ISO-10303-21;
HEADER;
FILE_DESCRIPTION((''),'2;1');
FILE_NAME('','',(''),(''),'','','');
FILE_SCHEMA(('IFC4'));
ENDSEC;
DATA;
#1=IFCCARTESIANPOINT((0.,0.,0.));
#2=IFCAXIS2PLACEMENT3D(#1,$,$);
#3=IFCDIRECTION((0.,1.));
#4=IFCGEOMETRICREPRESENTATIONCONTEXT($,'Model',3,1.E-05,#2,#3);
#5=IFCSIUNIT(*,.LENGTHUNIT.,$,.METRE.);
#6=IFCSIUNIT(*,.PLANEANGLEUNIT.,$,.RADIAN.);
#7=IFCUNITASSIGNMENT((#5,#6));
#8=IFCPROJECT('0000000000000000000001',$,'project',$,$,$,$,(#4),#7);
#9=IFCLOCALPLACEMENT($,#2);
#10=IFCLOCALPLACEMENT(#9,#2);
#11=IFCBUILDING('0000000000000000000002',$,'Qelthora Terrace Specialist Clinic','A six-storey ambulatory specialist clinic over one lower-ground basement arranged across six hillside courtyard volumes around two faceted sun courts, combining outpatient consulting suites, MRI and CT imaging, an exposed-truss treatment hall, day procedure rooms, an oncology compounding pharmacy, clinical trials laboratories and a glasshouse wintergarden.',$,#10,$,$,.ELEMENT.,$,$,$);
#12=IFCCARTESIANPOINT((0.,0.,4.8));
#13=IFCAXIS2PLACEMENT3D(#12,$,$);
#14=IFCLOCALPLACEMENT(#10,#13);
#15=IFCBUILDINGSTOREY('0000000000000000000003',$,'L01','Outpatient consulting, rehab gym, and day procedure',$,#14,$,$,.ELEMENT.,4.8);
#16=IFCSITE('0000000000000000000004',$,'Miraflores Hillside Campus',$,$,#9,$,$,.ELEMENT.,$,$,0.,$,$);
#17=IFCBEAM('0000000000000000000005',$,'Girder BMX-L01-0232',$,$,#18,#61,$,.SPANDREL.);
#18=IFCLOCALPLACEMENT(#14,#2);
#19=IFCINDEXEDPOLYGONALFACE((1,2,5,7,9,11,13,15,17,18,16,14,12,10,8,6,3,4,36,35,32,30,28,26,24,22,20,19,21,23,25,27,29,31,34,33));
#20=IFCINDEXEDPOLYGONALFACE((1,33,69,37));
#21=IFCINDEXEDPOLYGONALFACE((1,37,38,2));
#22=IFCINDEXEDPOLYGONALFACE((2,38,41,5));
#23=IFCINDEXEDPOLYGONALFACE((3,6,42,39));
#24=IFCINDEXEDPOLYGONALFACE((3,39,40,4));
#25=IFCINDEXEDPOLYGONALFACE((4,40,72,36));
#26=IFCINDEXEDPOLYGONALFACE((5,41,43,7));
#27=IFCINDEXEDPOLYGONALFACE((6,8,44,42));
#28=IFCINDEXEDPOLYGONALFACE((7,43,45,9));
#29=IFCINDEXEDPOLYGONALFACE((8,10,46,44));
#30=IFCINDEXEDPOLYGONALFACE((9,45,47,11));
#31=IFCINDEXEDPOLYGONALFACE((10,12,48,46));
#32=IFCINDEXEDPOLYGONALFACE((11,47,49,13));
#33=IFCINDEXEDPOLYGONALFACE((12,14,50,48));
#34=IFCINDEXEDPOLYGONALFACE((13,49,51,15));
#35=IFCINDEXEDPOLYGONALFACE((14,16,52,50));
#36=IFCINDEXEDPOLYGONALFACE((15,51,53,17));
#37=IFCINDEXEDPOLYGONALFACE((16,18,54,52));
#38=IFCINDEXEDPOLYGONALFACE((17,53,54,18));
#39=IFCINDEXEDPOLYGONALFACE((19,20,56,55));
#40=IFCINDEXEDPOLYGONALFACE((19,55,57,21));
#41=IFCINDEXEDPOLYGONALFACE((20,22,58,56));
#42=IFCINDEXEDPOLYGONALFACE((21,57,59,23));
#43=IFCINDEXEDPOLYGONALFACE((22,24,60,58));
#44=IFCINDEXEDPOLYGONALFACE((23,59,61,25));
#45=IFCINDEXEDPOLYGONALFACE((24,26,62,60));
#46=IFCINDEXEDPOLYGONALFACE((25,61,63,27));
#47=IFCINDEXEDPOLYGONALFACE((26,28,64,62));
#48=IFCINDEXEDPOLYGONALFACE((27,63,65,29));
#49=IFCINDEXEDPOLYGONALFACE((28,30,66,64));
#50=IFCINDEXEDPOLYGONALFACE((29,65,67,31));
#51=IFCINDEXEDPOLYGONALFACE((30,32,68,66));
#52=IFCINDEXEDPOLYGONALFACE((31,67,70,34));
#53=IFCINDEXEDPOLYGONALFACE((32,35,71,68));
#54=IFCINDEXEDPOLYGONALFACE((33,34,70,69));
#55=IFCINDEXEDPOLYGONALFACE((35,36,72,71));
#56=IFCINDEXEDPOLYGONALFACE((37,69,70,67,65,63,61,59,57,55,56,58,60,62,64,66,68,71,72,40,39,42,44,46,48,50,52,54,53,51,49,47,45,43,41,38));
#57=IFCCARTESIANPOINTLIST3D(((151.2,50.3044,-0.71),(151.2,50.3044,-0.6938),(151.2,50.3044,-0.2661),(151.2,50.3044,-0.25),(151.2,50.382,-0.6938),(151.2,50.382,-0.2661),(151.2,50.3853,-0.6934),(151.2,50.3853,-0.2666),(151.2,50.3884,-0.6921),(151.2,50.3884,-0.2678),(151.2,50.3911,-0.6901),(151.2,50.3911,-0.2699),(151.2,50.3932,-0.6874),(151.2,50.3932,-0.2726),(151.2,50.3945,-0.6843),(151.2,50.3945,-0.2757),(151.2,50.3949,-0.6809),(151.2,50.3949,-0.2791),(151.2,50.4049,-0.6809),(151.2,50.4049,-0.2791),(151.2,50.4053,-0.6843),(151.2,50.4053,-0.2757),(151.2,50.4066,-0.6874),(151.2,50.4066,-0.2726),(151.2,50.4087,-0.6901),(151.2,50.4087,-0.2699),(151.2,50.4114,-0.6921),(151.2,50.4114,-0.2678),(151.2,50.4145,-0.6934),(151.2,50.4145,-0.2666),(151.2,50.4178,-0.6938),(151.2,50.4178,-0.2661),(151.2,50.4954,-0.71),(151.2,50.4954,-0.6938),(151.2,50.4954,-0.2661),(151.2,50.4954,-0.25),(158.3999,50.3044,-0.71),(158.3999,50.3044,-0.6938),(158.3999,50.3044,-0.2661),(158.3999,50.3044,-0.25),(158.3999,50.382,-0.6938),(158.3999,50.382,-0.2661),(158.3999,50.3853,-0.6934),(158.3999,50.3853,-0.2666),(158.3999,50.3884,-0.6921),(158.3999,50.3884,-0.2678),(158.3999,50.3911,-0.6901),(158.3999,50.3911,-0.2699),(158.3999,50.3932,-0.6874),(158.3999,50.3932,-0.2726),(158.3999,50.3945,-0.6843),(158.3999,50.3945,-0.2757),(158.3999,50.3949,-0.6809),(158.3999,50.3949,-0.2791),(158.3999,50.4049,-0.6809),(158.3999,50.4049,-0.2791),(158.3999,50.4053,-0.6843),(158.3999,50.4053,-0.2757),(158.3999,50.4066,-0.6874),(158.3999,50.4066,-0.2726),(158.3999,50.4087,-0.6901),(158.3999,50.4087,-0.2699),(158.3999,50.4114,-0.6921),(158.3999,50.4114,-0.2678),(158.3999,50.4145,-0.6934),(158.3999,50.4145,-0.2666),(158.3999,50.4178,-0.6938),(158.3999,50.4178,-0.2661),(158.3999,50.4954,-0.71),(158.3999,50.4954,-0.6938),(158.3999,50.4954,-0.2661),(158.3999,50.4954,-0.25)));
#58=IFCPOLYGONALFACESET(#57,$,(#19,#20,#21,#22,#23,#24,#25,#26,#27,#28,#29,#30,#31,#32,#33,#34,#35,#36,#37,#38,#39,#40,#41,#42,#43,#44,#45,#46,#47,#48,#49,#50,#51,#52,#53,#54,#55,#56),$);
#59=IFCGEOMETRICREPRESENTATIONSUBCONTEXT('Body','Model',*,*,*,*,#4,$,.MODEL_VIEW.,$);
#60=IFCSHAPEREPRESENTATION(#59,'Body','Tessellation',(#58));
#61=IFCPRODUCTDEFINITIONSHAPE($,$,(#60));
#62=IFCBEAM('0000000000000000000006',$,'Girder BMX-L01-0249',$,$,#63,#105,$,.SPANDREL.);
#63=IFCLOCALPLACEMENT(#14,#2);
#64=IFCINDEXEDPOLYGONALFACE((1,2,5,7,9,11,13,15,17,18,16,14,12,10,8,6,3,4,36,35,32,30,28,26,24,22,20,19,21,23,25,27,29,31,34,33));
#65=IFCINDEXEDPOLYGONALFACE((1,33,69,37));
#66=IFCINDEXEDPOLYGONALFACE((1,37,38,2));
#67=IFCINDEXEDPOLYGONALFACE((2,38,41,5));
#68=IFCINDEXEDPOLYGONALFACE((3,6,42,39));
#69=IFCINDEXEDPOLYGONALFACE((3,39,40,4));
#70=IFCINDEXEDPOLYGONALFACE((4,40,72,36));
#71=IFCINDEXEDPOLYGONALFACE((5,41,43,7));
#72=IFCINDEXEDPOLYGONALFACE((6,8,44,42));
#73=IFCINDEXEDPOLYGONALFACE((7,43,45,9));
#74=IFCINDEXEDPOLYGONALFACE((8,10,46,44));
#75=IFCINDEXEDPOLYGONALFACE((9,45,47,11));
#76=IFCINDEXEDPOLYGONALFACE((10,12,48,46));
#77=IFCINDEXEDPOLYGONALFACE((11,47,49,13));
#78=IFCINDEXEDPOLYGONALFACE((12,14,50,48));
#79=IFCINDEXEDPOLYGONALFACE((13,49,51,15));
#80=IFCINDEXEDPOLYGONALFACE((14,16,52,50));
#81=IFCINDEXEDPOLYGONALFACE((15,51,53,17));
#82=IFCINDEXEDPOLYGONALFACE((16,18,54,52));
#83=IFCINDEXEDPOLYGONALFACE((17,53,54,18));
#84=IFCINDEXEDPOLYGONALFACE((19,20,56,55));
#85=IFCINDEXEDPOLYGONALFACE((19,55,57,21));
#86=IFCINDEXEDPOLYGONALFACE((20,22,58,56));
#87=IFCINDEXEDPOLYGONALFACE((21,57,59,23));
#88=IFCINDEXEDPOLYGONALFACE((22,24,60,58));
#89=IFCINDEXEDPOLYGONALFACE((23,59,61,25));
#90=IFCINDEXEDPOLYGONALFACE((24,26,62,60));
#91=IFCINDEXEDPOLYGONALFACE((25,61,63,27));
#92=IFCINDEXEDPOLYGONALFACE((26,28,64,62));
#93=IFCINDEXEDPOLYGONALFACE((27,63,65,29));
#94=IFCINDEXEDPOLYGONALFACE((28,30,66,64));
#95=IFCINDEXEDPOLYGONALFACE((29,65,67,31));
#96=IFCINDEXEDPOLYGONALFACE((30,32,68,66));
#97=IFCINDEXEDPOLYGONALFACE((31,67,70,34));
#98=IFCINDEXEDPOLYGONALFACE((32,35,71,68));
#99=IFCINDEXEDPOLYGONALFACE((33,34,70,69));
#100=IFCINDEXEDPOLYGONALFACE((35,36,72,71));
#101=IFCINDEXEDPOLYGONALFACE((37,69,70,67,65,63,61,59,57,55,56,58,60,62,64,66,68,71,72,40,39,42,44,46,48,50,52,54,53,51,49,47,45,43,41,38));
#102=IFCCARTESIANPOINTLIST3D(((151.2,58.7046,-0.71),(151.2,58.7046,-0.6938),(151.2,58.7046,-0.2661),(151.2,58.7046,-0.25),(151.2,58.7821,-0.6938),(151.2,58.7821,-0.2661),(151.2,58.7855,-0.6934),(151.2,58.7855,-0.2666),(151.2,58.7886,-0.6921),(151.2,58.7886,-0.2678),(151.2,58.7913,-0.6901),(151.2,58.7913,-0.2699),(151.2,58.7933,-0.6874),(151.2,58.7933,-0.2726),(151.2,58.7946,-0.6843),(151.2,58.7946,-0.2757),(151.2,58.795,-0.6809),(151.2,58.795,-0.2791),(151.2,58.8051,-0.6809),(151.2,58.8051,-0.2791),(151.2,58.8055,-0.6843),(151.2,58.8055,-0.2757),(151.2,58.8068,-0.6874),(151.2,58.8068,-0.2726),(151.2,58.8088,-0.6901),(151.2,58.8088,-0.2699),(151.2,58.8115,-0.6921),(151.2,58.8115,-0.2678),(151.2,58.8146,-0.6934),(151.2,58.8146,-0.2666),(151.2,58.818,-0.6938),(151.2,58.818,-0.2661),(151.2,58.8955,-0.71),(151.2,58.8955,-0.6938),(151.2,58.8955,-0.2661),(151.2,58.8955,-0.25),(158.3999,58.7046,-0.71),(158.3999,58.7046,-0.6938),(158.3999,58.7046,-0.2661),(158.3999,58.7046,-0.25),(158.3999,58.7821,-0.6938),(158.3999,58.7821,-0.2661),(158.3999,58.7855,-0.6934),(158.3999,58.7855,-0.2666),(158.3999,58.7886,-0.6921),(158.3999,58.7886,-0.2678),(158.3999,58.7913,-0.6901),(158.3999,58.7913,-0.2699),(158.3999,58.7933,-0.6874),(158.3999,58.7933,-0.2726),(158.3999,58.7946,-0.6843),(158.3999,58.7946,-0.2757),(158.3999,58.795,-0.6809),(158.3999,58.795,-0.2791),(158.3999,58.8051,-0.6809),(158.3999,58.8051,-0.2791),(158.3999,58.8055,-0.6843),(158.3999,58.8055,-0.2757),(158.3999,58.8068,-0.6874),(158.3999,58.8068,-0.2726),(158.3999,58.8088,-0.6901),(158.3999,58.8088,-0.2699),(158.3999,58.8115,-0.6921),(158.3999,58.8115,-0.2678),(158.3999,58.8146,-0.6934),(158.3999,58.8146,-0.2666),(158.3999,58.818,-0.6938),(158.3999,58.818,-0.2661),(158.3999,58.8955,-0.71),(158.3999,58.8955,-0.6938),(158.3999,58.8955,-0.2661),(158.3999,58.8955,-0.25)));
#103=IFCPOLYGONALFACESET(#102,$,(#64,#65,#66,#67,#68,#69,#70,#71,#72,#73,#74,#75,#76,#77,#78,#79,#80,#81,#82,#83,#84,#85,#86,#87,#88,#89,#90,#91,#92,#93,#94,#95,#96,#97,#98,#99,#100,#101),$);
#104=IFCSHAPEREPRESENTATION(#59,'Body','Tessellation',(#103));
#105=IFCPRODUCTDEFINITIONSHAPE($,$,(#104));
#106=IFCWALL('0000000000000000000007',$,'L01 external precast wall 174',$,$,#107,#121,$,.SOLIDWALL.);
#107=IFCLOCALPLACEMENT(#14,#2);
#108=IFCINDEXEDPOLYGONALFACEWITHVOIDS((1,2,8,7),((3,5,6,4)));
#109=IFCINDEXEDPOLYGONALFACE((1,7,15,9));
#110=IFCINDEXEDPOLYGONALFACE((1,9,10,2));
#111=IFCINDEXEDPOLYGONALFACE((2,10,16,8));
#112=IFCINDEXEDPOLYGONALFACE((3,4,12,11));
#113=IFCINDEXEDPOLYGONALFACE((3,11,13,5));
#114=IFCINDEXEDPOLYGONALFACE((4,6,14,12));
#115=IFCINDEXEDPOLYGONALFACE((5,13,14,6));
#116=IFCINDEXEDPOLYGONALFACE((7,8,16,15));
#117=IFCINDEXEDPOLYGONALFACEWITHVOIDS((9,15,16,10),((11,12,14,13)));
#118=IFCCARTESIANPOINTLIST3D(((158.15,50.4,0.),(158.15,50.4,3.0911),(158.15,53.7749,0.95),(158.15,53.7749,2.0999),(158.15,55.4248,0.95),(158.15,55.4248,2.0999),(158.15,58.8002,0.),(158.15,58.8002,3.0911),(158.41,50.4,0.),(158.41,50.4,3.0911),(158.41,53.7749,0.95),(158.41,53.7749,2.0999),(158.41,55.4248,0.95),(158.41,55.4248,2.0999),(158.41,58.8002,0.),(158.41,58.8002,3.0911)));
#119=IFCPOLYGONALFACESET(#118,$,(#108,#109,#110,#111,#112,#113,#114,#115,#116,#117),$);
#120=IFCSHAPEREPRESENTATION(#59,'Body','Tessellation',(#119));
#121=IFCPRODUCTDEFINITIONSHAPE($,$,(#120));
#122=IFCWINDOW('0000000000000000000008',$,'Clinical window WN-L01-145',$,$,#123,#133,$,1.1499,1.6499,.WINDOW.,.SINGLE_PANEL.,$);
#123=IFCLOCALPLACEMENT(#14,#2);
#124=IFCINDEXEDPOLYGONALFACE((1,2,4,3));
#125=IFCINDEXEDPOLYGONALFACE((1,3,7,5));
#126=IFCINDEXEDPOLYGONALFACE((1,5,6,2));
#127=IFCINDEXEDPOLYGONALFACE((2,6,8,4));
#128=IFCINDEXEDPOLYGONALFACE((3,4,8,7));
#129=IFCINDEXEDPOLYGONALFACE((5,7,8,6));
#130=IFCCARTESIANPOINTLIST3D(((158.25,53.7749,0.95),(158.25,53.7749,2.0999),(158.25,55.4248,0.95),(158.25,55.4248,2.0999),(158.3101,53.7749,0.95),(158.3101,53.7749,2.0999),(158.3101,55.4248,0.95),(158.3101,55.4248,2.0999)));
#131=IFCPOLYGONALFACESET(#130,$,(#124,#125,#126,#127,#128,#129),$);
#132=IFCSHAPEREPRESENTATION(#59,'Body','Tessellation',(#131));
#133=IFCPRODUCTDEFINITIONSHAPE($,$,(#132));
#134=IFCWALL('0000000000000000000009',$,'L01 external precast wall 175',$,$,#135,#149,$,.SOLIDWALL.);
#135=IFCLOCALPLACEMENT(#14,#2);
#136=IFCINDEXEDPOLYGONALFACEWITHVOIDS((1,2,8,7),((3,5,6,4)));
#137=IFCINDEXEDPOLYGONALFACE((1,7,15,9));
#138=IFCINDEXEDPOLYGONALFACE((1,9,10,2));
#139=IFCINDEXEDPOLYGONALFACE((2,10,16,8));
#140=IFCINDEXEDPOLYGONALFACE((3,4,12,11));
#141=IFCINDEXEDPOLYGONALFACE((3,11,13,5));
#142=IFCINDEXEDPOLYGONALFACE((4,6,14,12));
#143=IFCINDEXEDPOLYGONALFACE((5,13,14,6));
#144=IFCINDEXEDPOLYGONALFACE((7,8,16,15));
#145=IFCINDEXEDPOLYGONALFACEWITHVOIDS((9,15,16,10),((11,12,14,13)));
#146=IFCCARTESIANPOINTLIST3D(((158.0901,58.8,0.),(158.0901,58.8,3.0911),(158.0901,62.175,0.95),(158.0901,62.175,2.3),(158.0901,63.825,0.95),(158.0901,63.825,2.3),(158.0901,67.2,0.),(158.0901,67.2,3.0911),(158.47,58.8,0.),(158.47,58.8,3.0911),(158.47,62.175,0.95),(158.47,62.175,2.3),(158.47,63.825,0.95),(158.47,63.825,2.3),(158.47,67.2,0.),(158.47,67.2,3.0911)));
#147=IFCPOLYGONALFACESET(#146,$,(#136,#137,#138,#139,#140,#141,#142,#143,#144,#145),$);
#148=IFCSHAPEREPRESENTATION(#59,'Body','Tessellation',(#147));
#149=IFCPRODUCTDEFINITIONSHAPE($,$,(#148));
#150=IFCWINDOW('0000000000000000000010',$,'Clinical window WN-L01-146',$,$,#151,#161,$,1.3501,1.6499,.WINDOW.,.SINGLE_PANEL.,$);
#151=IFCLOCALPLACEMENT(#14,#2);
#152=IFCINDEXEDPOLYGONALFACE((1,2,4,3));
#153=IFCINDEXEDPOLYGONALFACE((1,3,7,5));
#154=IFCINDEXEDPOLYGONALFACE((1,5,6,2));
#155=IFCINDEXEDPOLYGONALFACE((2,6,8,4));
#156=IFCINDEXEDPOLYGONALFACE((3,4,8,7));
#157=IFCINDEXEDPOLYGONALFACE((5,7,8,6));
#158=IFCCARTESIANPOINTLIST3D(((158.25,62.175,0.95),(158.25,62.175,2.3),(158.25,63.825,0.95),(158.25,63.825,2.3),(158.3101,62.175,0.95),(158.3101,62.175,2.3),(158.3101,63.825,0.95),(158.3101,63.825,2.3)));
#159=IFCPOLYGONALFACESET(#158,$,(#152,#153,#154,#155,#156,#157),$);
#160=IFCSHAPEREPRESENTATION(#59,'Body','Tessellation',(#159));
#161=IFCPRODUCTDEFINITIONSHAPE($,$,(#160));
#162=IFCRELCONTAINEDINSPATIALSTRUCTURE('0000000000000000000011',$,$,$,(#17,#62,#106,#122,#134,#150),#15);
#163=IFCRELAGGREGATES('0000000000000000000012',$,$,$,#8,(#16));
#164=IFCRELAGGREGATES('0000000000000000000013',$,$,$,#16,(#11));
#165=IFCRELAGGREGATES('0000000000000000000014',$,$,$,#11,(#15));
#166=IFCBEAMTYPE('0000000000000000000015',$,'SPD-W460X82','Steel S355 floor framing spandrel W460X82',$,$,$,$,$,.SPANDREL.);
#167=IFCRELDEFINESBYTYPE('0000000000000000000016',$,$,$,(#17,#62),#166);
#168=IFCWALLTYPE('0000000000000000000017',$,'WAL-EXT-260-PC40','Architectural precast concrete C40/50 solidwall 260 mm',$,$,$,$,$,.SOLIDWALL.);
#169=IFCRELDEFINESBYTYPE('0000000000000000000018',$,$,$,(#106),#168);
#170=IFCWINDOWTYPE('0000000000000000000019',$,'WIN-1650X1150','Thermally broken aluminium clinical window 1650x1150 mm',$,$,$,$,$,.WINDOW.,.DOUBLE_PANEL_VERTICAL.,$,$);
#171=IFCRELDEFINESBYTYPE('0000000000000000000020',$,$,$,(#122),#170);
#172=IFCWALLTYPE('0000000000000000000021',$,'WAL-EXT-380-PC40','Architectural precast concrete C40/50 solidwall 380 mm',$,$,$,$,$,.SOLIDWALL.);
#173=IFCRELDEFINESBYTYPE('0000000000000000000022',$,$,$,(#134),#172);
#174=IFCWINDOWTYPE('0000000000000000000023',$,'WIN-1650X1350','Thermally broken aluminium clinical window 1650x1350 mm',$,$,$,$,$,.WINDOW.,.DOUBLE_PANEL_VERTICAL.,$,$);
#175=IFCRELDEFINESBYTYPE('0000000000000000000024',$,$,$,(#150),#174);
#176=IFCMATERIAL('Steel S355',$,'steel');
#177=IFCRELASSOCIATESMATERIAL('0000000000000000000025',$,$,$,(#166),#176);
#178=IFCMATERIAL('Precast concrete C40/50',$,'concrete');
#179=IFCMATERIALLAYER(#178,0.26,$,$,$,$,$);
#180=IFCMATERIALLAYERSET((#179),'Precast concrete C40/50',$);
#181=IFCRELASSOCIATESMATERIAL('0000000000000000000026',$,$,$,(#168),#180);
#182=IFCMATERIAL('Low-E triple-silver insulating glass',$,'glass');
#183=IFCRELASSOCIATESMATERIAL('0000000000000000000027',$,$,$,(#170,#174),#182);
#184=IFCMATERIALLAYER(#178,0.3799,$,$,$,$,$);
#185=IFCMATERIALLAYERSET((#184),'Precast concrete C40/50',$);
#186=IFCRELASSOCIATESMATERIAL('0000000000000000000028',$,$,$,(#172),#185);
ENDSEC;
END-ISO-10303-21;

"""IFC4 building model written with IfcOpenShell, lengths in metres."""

from ifc_helpers import new_model, si_unit, direction, frame, frame_2d, origin, origin_2d, place, context, subcontext, project, spatial, rectangle, i_section, extrude, material, layer, layer_set, material_profile, profile_set, type_object, element, fill, save


model = new_model("IFC4")

# Units and contexts
model_context = context("Model", 3, precision=1e-05, world=origin(), true_north=direction((0.0, 1.0)))
body_context = subcontext(model_context, "Body", "Model", "MODEL_VIEW")
ifc_project = project(units=[si_unit("LENGTHUNIT", "METRE"), si_unit("PLANEANGLEUNIT", "RADIAN")], contexts=[model_context])

# Site, building, storey
site_placement = place(None, origin())
site = spatial("IfcSite", under=ifc_project, at=site_placement, Name="Miraflores Hillside Campus", CompositionType="ELEMENT", RefElevation=0.0)
building_placement = place(site_placement, origin())
building = spatial("IfcBuilding", under=site, at=building_placement, Name="Qelthora Terrace Specialist Clinic", Description="A six-storey ambulatory specialist clinic over one lower-ground basement arranged across six hillside courtyard volumes around two faceted sun courts, combining outpatient consulting suites, MRI and CT imaging, an exposed-truss treatment hall, day procedure rooms, an oncology compounding pharmacy, clinical trials laboratories and a glasshouse wintergarden.", CompositionType="ELEMENT")
storey_placement = place(building_placement, frame((0.0, 0.0, 4.8)))
storey = spatial("IfcBuildingStorey", under=building, at=storey_placement, Name="L01", Description="Outpatient consulting, rehab gym, and day procedure", CompositionType="ELEMENT", Elevation=4.8)

# Shared definitions
ifc_material_1 = material(Name="Steel S355", Category="steel")

# Beams
ifc_material_profile_1 = material_profile(ifc_material_1, i_section(OverallWidth=0.1909, OverallDepth=0.46, WebThickness=0.01, FlangeThickness=0.0161, FilletRadius=0.0129, at=origin_2d()), Name="W460X82")
ifc_profile_set_1 = profile_set([ifc_material_profile_1], Name="Steel S355")
beam_type_1 = type_object("IfcBeamType", Name="SPD-W460X82", Description="Steel S355 floor framing spandrel W460X82", PredefinedType="SPANDREL", material=ifc_profile_set_1)
for number, where, z_axis, x_axis, name in (
    (1, (151.2, 50.3999, -0.48), (1.0, 0.0, 0.0), (0.0, 1.0, 0.0), "Girder BMX-L01-0232"),
    (2, (151.2, 58.8, -0.48), (1.0, 0.0, 0.0), (0.0, 1.0, 0.0), "Girder BMX-L01-0249"),
):
    element("IfcBeam", number, at=place(storey_placement, frame(where, z_axis=z_axis, x_axis=x_axis)), inside=storey, type_object=beam_type_1, Name=name, PredefinedType="SPANDREL", context=body_context, shape_type="SweptSolid", body=[
        extrude(i_section(OverallWidth=0.1909, OverallDepth=0.46, WebThickness=0.01, FlangeThickness=0.0161, FilletRadius=0.0129, at=origin_2d()), origin(), (0.0, 0.0, 1.0), 7.2),
    ])

# Walls, openings, windows
ifc_material_2 = material(Name="Precast concrete C40/50", Category="concrete")
ifc_layer_1 = layer(ifc_material_2, 0.26)
ifc_layer_set_1 = layer_set([ifc_layer_1], Name="Precast concrete C40/50")
wall_type_1 = type_object("IfcWallType", Name="WAL-EXT-260-PC40", Description="Architectural precast concrete C40/50 solidwall 260 mm", PredefinedType="SOLIDWALL", material=ifc_layer_set_1)
wall_1_placement = place(storey_placement, frame((158.28, 50.3999, 0.0), z_axis=(0.0, 0.0, 1.0), x_axis=(0.0, 1.0, 0.0)))
wall_1 = element("IfcWall", 3, at=wall_1_placement, inside=storey, type_object=wall_type_1, Name="L01 external precast wall 174", PredefinedType="SOLIDWALL", context=body_context, shape_type="SweptSolid", body=[
    extrude(rectangle(XDim=8.4001, YDim=0.26, at=frame_2d((4.2002, 0.0))), origin(), (0.0, 0.0, 1.0), 3.0911),
])
opening_1_placement = place(wall_1_placement, frame((3.375, 0.0, 0.95)))
opening_1 = element("IfcOpeningElement", 4, at=opening_1_placement, cuts=wall_1, PredefinedType="OPENING", context=body_context, shape_type="SweptSolid", body=[
    extrude(rectangle(XDim=1.6499, YDim=1.1499, at=frame_2d((0.825, 0.575))), frame((0.0, 0.1399, 0.0), z_axis=(0.0, -1.0, 0.0), x_axis=(1.0, 0.0, 0.0)), (0.0, 0.0, 1.0), 0.28),
])
ifc_material_3 = material(Name="Low-E triple-silver insulating glass", Category="glass")
window_type_1 = type_object("IfcWindowType", Name="WIN-1650X1150", Description="Thermally broken aluminium clinical window 1650x1150 mm", PartitioningType="DOUBLE_PANEL_VERTICAL", PredefinedType="WINDOW", material=ifc_material_3)
window_1_placement = place(opening_1_placement, origin())
window_1 = element("IfcWindow", 5, at=window_1_placement, inside=storey, type_object=window_type_1, Name="Clinical window WN-L01-145", OverallHeight=1.1499, OverallWidth=1.6499, PartitioningType="SINGLE_PANEL", PredefinedType="WINDOW", context=body_context, shape_type="SweptSolid", body=[
    extrude(rectangle(XDim=1.6499, YDim=1.1499, at=frame_2d((0.825, 0.575))), frame((0.0, 0.03, 0.0), z_axis=(0.0, -1.0, 0.0), x_axis=(1.0, 0.0, 0.0)), (0.0, 0.0, 1.0), 0.0601),
])
fill(opening_1, window_1)
ifc_layer_2 = layer(ifc_material_2, 0.3799)
ifc_layer_set_2 = layer_set([ifc_layer_2], Name="Precast concrete C40/50")
wall_type_2 = type_object("IfcWallType", Name="WAL-EXT-380-PC40", Description="Architectural precast concrete C40/50 solidwall 380 mm", PredefinedType="SOLIDWALL", material=ifc_layer_set_2)
wall_2_placement = place(storey_placement, frame((158.28, 58.8, 0.0), z_axis=(0.0, 0.0, 1.0), x_axis=(0.0, 1.0, 0.0)))
wall_2 = element("IfcWall", 6, at=wall_2_placement, inside=storey, type_object=wall_type_2, Name="L01 external precast wall 175", PredefinedType="SOLIDWALL", context=body_context, shape_type="SweptSolid", body=[
    extrude(rectangle(XDim=8.3999, YDim=0.3799, at=frame_2d((4.2, 0.0))), origin(), (0.0, 0.0, 1.0), 3.0911),
])
opening_2_placement = place(wall_2_placement, frame((3.375, 0.0, 0.95)))
opening_2 = element("IfcOpeningElement", 7, at=opening_2_placement, cuts=wall_2, PredefinedType="OPENING", context=body_context, shape_type="SweptSolid", body=[
    extrude(rectangle(XDim=1.6499, YDim=1.3501, at=frame_2d((0.825, 0.675))), frame((0.0, 0.2, 0.0), z_axis=(0.0, -1.0, 0.0), x_axis=(1.0, 0.0, 0.0)), (0.0, 0.0, 1.0), 0.3999),
])
window_type_2 = type_object("IfcWindowType", Name="WIN-1650X1350", Description="Thermally broken aluminium clinical window 1650x1350 mm", PartitioningType="DOUBLE_PANEL_VERTICAL", PredefinedType="WINDOW", material=ifc_material_3)
window_2_placement = place(opening_2_placement, origin())
window_2 = element("IfcWindow", 8, at=window_2_placement, inside=storey, type_object=window_type_2, Name="Clinical window WN-L01-146", OverallHeight=1.3501, OverallWidth=1.6499, PartitioningType="SINGLE_PANEL", PredefinedType="WINDOW", context=body_context, shape_type="SweptSolid", body=[
    extrude(rectangle(XDim=1.6499, YDim=1.3501, at=frame_2d((0.825, 0.675))), frame((0.0, 0.03, 0.0), z_axis=(0.0, -1.0, 0.0), x_axis=(1.0, 0.0, 0.0)), (0.0, 0.0, 1.0), 0.0601),
])
fill(opening_2, window_2)

save(model, "model.ifc")
